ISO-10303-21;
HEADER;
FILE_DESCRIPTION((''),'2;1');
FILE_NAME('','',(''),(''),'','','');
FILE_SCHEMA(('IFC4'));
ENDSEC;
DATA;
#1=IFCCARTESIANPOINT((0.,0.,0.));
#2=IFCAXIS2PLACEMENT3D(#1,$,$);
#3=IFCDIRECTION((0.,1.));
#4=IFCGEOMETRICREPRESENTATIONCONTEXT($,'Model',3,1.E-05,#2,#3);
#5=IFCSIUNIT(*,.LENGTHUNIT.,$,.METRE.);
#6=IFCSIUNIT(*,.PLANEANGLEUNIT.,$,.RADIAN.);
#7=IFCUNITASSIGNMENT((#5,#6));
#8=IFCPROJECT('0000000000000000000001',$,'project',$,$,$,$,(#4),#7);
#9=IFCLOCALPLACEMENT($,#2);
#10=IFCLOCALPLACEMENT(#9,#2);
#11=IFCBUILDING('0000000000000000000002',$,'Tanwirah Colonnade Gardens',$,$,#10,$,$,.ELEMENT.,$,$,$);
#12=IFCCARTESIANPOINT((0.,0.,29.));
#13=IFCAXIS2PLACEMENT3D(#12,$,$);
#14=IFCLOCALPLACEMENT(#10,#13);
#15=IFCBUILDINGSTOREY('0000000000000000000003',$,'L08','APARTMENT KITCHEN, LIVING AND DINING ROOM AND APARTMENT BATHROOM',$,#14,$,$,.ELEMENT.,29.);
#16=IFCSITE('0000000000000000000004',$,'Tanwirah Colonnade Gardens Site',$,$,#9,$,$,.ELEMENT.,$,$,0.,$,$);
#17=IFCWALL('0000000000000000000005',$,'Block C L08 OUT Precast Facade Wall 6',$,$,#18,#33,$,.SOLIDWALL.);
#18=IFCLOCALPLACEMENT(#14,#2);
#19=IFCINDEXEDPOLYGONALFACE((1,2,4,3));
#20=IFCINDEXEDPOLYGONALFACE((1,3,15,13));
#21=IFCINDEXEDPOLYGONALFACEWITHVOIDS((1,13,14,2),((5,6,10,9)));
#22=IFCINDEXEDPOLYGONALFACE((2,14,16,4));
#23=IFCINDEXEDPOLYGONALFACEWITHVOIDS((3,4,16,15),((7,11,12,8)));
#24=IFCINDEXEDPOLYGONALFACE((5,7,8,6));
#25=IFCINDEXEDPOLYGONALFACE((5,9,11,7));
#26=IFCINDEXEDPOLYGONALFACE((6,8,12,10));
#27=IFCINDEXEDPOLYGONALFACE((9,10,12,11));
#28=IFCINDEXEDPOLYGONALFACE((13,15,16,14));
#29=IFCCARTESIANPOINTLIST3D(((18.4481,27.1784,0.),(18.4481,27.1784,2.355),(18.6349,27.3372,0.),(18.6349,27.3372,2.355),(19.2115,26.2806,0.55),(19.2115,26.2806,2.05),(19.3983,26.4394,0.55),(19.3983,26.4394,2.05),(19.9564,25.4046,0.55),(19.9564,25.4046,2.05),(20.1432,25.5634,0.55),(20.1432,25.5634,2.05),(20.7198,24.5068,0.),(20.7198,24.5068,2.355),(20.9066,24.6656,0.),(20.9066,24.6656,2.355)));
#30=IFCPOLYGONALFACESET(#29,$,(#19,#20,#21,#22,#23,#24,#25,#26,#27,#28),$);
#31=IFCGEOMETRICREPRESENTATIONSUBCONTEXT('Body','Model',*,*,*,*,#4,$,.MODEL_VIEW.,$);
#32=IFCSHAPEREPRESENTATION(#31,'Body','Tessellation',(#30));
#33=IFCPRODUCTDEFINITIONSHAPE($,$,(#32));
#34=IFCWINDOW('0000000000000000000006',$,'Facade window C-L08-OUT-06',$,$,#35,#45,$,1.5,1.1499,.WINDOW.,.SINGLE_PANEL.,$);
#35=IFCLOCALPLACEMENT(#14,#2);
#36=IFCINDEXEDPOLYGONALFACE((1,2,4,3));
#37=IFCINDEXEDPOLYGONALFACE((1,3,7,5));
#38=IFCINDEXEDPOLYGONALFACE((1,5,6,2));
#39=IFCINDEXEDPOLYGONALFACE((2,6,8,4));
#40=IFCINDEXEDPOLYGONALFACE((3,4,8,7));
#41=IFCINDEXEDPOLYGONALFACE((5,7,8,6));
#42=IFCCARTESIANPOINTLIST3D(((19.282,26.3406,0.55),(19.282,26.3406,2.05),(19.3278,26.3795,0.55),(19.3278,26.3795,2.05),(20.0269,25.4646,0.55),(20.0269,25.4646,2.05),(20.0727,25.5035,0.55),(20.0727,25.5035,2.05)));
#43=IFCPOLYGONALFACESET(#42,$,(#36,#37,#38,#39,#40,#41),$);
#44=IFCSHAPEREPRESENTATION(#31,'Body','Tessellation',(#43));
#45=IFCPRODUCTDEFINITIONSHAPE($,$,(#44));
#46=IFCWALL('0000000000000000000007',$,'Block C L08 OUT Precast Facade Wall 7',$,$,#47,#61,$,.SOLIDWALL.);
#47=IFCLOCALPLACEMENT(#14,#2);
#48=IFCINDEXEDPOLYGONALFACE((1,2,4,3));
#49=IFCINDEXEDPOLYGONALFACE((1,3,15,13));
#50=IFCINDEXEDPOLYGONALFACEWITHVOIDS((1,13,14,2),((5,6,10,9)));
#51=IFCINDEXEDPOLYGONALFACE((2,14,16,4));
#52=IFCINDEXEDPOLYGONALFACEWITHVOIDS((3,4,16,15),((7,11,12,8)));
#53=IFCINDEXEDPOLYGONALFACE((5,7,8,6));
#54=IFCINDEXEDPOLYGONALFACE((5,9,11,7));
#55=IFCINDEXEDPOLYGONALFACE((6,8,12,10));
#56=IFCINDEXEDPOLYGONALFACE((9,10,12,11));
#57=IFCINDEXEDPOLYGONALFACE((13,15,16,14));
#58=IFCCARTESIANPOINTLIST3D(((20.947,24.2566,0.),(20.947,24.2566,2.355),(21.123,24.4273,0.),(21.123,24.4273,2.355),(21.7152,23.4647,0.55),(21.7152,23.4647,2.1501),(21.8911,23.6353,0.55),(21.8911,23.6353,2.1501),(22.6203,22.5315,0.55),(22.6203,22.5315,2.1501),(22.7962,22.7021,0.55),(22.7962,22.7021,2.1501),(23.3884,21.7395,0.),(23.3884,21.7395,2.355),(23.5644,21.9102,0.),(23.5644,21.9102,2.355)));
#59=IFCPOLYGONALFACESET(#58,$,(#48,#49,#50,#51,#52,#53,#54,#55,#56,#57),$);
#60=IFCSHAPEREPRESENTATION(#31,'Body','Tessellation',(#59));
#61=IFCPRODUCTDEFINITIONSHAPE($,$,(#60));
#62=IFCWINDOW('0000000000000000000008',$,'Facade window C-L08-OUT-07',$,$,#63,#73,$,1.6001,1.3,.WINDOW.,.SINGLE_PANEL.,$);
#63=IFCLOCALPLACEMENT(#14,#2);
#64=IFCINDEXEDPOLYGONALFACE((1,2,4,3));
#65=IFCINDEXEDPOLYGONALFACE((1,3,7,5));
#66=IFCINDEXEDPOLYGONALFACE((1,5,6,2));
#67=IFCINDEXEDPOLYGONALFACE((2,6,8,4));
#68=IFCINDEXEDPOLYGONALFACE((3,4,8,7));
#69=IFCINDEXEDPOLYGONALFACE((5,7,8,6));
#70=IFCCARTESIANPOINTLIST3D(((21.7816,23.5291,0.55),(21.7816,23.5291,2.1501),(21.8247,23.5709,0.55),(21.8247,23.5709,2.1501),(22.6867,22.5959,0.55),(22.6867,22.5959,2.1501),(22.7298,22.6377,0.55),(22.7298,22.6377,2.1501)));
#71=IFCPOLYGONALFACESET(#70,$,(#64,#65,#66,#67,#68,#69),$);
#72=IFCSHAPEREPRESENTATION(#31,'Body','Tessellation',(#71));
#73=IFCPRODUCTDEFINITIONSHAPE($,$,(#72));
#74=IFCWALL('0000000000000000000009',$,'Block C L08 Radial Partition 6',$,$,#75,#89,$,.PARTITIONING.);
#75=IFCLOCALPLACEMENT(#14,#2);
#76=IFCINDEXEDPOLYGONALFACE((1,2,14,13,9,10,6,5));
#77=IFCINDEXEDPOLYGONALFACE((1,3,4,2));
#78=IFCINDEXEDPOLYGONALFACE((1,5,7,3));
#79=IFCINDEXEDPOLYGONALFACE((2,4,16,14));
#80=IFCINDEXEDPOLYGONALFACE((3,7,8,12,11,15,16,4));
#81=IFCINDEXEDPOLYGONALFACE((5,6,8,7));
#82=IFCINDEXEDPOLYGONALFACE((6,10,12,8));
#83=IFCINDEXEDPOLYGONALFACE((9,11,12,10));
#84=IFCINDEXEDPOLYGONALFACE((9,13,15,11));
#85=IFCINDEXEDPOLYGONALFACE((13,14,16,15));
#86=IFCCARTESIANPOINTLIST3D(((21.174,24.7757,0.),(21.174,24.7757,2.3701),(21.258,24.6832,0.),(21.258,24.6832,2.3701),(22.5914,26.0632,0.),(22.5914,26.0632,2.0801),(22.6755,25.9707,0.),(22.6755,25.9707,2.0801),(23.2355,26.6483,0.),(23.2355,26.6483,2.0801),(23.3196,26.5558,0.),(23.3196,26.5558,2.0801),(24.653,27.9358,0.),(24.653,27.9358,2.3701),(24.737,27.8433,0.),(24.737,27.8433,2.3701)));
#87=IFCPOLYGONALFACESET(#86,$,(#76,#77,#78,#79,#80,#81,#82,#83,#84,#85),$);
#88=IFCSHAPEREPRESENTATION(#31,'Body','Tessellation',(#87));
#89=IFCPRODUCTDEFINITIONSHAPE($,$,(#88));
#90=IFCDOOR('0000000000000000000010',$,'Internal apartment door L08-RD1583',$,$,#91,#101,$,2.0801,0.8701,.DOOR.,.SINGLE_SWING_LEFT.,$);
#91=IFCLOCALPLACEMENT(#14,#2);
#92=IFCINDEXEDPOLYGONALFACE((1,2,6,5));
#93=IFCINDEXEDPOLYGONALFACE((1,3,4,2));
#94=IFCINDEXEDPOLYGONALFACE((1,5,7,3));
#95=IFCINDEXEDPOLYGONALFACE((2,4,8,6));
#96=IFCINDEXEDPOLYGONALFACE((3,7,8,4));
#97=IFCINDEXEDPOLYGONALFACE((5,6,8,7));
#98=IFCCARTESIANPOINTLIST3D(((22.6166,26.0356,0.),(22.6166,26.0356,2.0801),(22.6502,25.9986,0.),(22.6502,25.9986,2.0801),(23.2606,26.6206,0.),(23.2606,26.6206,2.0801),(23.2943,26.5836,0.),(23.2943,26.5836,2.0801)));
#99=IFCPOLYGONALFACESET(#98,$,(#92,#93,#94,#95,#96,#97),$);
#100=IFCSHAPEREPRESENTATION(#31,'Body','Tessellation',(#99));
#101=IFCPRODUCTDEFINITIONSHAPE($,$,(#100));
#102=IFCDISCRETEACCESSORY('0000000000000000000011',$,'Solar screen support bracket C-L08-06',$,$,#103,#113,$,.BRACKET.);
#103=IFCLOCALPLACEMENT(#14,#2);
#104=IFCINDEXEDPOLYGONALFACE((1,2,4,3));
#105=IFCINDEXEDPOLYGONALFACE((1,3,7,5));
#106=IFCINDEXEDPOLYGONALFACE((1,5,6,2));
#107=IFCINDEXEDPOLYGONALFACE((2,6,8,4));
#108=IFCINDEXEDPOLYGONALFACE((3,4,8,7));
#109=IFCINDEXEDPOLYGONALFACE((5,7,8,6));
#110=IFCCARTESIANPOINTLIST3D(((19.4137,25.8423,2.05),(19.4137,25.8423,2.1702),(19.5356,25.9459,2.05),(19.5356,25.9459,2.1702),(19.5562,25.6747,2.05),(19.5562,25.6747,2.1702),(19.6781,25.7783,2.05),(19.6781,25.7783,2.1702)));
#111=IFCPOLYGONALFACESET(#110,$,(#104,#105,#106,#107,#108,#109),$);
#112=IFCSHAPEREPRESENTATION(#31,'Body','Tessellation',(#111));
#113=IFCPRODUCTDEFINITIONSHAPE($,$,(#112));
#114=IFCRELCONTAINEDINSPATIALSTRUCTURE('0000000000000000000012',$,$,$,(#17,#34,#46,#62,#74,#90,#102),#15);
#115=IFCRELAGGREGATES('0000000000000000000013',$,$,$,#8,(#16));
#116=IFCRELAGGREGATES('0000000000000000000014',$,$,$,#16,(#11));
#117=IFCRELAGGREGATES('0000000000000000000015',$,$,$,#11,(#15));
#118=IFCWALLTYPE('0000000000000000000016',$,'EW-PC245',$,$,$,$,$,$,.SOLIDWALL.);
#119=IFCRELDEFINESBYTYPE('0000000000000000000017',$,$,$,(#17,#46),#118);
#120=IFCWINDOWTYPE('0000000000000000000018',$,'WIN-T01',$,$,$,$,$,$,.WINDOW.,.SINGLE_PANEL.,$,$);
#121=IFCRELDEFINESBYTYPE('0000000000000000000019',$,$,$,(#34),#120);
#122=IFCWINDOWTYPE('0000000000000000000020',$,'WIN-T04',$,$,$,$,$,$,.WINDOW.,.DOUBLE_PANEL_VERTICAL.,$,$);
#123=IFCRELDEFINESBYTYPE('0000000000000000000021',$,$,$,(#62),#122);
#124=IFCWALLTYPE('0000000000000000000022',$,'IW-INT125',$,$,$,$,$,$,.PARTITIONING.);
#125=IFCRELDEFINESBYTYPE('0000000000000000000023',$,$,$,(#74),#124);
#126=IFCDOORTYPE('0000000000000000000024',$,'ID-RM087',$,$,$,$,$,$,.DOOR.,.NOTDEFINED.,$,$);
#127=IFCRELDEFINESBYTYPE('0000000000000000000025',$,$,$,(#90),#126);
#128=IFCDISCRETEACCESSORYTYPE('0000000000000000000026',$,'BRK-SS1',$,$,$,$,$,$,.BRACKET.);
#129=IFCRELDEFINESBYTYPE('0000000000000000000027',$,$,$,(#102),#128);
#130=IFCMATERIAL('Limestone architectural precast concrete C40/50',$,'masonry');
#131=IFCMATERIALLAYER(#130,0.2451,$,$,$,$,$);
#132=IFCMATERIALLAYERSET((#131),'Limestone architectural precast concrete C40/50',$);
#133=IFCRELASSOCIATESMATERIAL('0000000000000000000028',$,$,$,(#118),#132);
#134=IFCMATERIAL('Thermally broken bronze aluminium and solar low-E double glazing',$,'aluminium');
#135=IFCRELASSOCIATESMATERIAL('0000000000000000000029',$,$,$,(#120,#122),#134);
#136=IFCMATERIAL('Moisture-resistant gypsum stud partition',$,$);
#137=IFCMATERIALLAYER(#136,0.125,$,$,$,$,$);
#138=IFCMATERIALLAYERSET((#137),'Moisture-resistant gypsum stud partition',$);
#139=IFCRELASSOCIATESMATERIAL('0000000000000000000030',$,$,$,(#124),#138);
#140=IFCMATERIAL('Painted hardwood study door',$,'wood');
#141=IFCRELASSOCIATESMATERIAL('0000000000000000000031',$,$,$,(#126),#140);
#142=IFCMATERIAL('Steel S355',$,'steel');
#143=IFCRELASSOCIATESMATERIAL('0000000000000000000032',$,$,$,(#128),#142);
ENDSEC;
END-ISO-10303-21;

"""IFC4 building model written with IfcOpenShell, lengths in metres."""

from ifc_helpers import new_model, si_unit, direction, frame, frame_2d, origin, origin_2d, place, context, subcontext, project, spatial, rectangle, extrude, material, layer, layer_set, type_object, element, fill, save


model = new_model("IFC4")

# Units and contexts
model_context = context("Model", 3, precision=1e-05, world=origin(), true_north=direction((0.0, 1.0)))
body_context = subcontext(model_context, "Body", "Model", "MODEL_VIEW")
ifc_project = project(units=[si_unit("LENGTHUNIT", "METRE"), si_unit("PLANEANGLEUNIT", "RADIAN")], contexts=[model_context])

# Site, building, storey
site_placement = place(None, origin())
site = spatial("IfcSite", under=ifc_project, at=site_placement, Name="Tanwirah Colonnade Gardens Site", CompositionType="ELEMENT", RefElevation=0.0)
building_placement = place(site_placement, origin())
building = spatial("IfcBuilding", under=site, at=building_placement, Name="Tanwirah Colonnade Gardens", CompositionType="ELEMENT")
storey_placement = place(building_placement, frame((0.0, 0.0, 29.0)))
storey = spatial("IfcBuildingStorey", under=building, at=storey_placement, Name="L08", Description="APARTMENT KITCHEN, LIVING AND DINING ROOM AND APARTMENT BATHROOM", CompositionType="ELEMENT", Elevation=29.0)

# Walls, openings, windows
ifc_material_1 = material(Name="Limestone architectural precast concrete C40/50", Category="masonry")
ifc_layer_1 = layer(ifc_material_1, 0.2451)
ifc_layer_set_1 = layer_set([ifc_layer_1], Name="Limestone architectural precast concrete C40/50")
wall_type_1 = type_object("IfcWallType", Name="EW-PC245", PredefinedType="SOLIDWALL", material=ifc_layer_set_1)
wall_1_placement = place(storey_placement, frame((18.5415, 27.2578, 0.0), z_axis=(0.0, 0.0, 1.0), x_axis=(0.647788, -0.761821, 0.0)))
wall_1 = element("IfcWall", 1, at=wall_1_placement, inside=storey, type_object=wall_type_1, Name="Block C L08 OUT Precast Facade Wall 6", PredefinedType="SOLIDWALL", context=body_context, shape_type="SweptSolid", body=[
    extrude(rectangle(XDim=3.5068, YDim=0.2451, at=frame_2d((1.7534, 0.0))), origin(), (0.0, 0.0, 1.0), 2.355),
])
opening_1_placement = place(wall_1_placement, frame((1.1785, 0.0, 0.55)))
opening_1 = element("IfcOpeningElement", 2, at=opening_1_placement, cuts=wall_1, PredefinedType="OPENING", context=body_context, shape_type="SweptSolid", body=[
    extrude(rectangle(XDim=1.1499, YDim=1.5, at=frame_2d((0.575, 0.75))), frame((0.0, 0.1326, 0.0), z_axis=(0.0, -1.0, 0.0), x_axis=(1.0, 0.0, 0.0)), (0.0, 0.0, 1.0), 0.2651),
])
ifc_material_2 = material(Name="Thermally broken bronze aluminium and solar low-E double glazing", Category="aluminium")
window_type_1 = type_object("IfcWindowType", Name="WIN-T01", PartitioningType="SINGLE_PANEL", PredefinedType="WINDOW", material=ifc_material_2)
window_1_placement = place(opening_1_placement, origin())
window_1 = element("IfcWindow", 3, at=window_1_placement, inside=storey, type_object=window_type_1, Name="Facade window C-L08-OUT-06", OverallHeight=1.5, OverallWidth=1.1499, PartitioningType="SINGLE_PANEL", PredefinedType="WINDOW", context=body_context, shape_type="SweptSolid", body=[
    extrude(rectangle(XDim=1.1499, YDim=1.5, at=frame_2d((0.575, 0.75))), frame((0.0, 0.03, 0.0), z_axis=(0.0, -1.0, 0.0), x_axis=(1.0, 0.0, 0.0)), (0.0, 0.0, 1.0), 0.0601),
])
fill(opening_1, window_1)
wall_2_placement = place(storey_placement, frame((21.0349, 24.342, 0.0), z_axis=(0.0, 0.0, 1.0), x_axis=(0.696233, -0.717816, 0.0)))
wall_2 = element("IfcWall", 4, at=wall_2_placement, inside=storey, type_object=wall_type_1, Name="Block C L08 OUT Precast Facade Wall 7", PredefinedType="SOLIDWALL", context=body_context, shape_type="SweptSolid", body=[
    extrude(rectangle(XDim=3.5066, YDim=0.2451, at=frame_2d((1.7534, 0.0))), origin(), (0.0, 0.0, 1.0), 2.355),
])
opening_2_placement = place(wall_2_placement, frame((1.1035, 0.0, 0.55)))
opening_2 = element("IfcOpeningElement", 5, at=opening_2_placement, cuts=wall_2, PredefinedType="OPENING", context=body_context, shape_type="SweptSolid", body=[
    extrude(rectangle(XDim=1.3, YDim=1.6001, at=frame_2d((0.6499, 0.8))), frame((0.0, 0.1326, 0.0), z_axis=(0.0, -1.0, 0.0), x_axis=(1.0, 0.0, 0.0)), (0.0, 0.0, 1.0), 0.2651),
])
window_type_2 = type_object("IfcWindowType", Name="WIN-T04", PartitioningType="DOUBLE_PANEL_VERTICAL", PredefinedType="WINDOW", material=ifc_material_2)
window_2_placement = place(opening_2_placement, origin())
window_2 = element("IfcWindow", 6, at=window_2_placement, inside=storey, type_object=window_type_2, Name="Facade window C-L08-OUT-07", OverallHeight=1.6001, OverallWidth=1.3, PartitioningType="SINGLE_PANEL", PredefinedType="WINDOW", context=body_context, shape_type="SweptSolid", body=[
    extrude(rectangle(XDim=1.3, YDim=1.6001, at=frame_2d((0.6499, 0.8))), frame((0.0, 0.03, 0.0), z_axis=(0.0, -1.0, 0.0), x_axis=(1.0, 0.0, 0.0)), (0.0, 0.0, 1.0), 0.0601),
])
fill(opening_2, window_2)

# Wall, opening, door
ifc_material_3 = material(Name="Moisture-resistant gypsum stud partition")
ifc_layer_2 = layer(ifc_material_3, 0.125)
ifc_layer_set_2 = layer_set([ifc_layer_2], Name="Moisture-resistant gypsum stud partition")
wall_type_2 = type_object("IfcWallType", Name="IW-INT125", PredefinedType="PARTITIONING", material=ifc_layer_set_2)
wall_3_placement = place(storey_placement, frame((24.6951, 27.8896, 0.0), z_axis=(0.0, 0.0, 1.0), x_axis=(-0.740213, -0.672373, 0.0)))
wall_3 = element("IfcWall", 7, at=wall_3_placement, inside=storey, type_object=wall_type_2, Name="Block C L08 Radial Partition 6", PredefinedType="PARTITIONING", context=body_context, shape_type="SweptSolid", body=[
    extrude(rectangle(XDim=4.7, YDim=0.125, at=frame_2d((2.3501, 0.0))), origin(), (0.0, 0.0, 1.0), 2.3701),
])
opening_3_placement = place(wall_3_placement, frame((1.915, 0.0, 0.0)))
opening_3 = element("IfcOpeningElement", 8, at=opening_3_placement, cuts=wall_3, PredefinedType="OPENING", context=body_context, shape_type="SweptSolid", body=[
    extrude(rectangle(XDim=0.8701, YDim=2.0801, at=frame_2d((0.4351, 1.04))), frame((0.0, 0.0725, 0.0), z_axis=(0.0, -1.0, 0.0), x_axis=(1.0, 0.0, 0.0)), (0.0, 0.0, 1.0), 0.145),
])
ifc_material_4 = material(Name="Painted hardwood study door", Category="wood")
door_type_1 = type_object("IfcDoorType", Name="ID-RM087", OperationType="NOTDEFINED", PredefinedType="DOOR", material=ifc_material_4)
door_1_placement = place(opening_3_placement, origin())
door_1 = element("IfcDoor", 9, at=door_1_placement, inside=storey, type_object=door_type_1, Name="Internal apartment door L08-RD1583", OperationType="SINGLE_SWING_LEFT", OverallHeight=2.0801, OverallWidth=0.8701, PredefinedType="DOOR", context=body_context, shape_type="SweptSolid", body=[
    extrude(rectangle(XDim=0.8701, YDim=2.0801, at=frame_2d((0.4351, 1.04))), frame((0.0, 0.0249, 0.0), z_axis=(0.0, -1.0, 0.0), x_axis=(1.0, 0.0, 0.0)), (0.0, 0.0, 1.0), 0.05),
])
fill(opening_3, door_1)

# Discrete accessory
ifc_material_5 = material(Name="Steel S355", Category="steel")
discrete_accessory_type = type_object("IfcDiscreteAccessoryType", Name="BRK-SS1", PredefinedType="BRACKET", material=ifc_material_5)
discrete_accessory_placement = place(storey_placement, frame((19.5459, 25.8103, 2.05), z_axis=(0.0, 0.0, 1.0), x_axis=(0.647789, -0.76182, 0.0)))
element("IfcDiscreteAccessory", 10, at=discrete_accessory_placement, inside=storey, type_object=discrete_accessory_type, Name="Solar screen support bracket C-L08-06", PredefinedType="BRACKET", context=body_context, shape_type="SweptSolid", body=[
    extrude(rectangle(XDim=0.22, YDim=0.1599, at=origin_2d()), origin(), (0.0, 0.0, 1.0), 0.1201),
])

save(model, "model.ifc")
